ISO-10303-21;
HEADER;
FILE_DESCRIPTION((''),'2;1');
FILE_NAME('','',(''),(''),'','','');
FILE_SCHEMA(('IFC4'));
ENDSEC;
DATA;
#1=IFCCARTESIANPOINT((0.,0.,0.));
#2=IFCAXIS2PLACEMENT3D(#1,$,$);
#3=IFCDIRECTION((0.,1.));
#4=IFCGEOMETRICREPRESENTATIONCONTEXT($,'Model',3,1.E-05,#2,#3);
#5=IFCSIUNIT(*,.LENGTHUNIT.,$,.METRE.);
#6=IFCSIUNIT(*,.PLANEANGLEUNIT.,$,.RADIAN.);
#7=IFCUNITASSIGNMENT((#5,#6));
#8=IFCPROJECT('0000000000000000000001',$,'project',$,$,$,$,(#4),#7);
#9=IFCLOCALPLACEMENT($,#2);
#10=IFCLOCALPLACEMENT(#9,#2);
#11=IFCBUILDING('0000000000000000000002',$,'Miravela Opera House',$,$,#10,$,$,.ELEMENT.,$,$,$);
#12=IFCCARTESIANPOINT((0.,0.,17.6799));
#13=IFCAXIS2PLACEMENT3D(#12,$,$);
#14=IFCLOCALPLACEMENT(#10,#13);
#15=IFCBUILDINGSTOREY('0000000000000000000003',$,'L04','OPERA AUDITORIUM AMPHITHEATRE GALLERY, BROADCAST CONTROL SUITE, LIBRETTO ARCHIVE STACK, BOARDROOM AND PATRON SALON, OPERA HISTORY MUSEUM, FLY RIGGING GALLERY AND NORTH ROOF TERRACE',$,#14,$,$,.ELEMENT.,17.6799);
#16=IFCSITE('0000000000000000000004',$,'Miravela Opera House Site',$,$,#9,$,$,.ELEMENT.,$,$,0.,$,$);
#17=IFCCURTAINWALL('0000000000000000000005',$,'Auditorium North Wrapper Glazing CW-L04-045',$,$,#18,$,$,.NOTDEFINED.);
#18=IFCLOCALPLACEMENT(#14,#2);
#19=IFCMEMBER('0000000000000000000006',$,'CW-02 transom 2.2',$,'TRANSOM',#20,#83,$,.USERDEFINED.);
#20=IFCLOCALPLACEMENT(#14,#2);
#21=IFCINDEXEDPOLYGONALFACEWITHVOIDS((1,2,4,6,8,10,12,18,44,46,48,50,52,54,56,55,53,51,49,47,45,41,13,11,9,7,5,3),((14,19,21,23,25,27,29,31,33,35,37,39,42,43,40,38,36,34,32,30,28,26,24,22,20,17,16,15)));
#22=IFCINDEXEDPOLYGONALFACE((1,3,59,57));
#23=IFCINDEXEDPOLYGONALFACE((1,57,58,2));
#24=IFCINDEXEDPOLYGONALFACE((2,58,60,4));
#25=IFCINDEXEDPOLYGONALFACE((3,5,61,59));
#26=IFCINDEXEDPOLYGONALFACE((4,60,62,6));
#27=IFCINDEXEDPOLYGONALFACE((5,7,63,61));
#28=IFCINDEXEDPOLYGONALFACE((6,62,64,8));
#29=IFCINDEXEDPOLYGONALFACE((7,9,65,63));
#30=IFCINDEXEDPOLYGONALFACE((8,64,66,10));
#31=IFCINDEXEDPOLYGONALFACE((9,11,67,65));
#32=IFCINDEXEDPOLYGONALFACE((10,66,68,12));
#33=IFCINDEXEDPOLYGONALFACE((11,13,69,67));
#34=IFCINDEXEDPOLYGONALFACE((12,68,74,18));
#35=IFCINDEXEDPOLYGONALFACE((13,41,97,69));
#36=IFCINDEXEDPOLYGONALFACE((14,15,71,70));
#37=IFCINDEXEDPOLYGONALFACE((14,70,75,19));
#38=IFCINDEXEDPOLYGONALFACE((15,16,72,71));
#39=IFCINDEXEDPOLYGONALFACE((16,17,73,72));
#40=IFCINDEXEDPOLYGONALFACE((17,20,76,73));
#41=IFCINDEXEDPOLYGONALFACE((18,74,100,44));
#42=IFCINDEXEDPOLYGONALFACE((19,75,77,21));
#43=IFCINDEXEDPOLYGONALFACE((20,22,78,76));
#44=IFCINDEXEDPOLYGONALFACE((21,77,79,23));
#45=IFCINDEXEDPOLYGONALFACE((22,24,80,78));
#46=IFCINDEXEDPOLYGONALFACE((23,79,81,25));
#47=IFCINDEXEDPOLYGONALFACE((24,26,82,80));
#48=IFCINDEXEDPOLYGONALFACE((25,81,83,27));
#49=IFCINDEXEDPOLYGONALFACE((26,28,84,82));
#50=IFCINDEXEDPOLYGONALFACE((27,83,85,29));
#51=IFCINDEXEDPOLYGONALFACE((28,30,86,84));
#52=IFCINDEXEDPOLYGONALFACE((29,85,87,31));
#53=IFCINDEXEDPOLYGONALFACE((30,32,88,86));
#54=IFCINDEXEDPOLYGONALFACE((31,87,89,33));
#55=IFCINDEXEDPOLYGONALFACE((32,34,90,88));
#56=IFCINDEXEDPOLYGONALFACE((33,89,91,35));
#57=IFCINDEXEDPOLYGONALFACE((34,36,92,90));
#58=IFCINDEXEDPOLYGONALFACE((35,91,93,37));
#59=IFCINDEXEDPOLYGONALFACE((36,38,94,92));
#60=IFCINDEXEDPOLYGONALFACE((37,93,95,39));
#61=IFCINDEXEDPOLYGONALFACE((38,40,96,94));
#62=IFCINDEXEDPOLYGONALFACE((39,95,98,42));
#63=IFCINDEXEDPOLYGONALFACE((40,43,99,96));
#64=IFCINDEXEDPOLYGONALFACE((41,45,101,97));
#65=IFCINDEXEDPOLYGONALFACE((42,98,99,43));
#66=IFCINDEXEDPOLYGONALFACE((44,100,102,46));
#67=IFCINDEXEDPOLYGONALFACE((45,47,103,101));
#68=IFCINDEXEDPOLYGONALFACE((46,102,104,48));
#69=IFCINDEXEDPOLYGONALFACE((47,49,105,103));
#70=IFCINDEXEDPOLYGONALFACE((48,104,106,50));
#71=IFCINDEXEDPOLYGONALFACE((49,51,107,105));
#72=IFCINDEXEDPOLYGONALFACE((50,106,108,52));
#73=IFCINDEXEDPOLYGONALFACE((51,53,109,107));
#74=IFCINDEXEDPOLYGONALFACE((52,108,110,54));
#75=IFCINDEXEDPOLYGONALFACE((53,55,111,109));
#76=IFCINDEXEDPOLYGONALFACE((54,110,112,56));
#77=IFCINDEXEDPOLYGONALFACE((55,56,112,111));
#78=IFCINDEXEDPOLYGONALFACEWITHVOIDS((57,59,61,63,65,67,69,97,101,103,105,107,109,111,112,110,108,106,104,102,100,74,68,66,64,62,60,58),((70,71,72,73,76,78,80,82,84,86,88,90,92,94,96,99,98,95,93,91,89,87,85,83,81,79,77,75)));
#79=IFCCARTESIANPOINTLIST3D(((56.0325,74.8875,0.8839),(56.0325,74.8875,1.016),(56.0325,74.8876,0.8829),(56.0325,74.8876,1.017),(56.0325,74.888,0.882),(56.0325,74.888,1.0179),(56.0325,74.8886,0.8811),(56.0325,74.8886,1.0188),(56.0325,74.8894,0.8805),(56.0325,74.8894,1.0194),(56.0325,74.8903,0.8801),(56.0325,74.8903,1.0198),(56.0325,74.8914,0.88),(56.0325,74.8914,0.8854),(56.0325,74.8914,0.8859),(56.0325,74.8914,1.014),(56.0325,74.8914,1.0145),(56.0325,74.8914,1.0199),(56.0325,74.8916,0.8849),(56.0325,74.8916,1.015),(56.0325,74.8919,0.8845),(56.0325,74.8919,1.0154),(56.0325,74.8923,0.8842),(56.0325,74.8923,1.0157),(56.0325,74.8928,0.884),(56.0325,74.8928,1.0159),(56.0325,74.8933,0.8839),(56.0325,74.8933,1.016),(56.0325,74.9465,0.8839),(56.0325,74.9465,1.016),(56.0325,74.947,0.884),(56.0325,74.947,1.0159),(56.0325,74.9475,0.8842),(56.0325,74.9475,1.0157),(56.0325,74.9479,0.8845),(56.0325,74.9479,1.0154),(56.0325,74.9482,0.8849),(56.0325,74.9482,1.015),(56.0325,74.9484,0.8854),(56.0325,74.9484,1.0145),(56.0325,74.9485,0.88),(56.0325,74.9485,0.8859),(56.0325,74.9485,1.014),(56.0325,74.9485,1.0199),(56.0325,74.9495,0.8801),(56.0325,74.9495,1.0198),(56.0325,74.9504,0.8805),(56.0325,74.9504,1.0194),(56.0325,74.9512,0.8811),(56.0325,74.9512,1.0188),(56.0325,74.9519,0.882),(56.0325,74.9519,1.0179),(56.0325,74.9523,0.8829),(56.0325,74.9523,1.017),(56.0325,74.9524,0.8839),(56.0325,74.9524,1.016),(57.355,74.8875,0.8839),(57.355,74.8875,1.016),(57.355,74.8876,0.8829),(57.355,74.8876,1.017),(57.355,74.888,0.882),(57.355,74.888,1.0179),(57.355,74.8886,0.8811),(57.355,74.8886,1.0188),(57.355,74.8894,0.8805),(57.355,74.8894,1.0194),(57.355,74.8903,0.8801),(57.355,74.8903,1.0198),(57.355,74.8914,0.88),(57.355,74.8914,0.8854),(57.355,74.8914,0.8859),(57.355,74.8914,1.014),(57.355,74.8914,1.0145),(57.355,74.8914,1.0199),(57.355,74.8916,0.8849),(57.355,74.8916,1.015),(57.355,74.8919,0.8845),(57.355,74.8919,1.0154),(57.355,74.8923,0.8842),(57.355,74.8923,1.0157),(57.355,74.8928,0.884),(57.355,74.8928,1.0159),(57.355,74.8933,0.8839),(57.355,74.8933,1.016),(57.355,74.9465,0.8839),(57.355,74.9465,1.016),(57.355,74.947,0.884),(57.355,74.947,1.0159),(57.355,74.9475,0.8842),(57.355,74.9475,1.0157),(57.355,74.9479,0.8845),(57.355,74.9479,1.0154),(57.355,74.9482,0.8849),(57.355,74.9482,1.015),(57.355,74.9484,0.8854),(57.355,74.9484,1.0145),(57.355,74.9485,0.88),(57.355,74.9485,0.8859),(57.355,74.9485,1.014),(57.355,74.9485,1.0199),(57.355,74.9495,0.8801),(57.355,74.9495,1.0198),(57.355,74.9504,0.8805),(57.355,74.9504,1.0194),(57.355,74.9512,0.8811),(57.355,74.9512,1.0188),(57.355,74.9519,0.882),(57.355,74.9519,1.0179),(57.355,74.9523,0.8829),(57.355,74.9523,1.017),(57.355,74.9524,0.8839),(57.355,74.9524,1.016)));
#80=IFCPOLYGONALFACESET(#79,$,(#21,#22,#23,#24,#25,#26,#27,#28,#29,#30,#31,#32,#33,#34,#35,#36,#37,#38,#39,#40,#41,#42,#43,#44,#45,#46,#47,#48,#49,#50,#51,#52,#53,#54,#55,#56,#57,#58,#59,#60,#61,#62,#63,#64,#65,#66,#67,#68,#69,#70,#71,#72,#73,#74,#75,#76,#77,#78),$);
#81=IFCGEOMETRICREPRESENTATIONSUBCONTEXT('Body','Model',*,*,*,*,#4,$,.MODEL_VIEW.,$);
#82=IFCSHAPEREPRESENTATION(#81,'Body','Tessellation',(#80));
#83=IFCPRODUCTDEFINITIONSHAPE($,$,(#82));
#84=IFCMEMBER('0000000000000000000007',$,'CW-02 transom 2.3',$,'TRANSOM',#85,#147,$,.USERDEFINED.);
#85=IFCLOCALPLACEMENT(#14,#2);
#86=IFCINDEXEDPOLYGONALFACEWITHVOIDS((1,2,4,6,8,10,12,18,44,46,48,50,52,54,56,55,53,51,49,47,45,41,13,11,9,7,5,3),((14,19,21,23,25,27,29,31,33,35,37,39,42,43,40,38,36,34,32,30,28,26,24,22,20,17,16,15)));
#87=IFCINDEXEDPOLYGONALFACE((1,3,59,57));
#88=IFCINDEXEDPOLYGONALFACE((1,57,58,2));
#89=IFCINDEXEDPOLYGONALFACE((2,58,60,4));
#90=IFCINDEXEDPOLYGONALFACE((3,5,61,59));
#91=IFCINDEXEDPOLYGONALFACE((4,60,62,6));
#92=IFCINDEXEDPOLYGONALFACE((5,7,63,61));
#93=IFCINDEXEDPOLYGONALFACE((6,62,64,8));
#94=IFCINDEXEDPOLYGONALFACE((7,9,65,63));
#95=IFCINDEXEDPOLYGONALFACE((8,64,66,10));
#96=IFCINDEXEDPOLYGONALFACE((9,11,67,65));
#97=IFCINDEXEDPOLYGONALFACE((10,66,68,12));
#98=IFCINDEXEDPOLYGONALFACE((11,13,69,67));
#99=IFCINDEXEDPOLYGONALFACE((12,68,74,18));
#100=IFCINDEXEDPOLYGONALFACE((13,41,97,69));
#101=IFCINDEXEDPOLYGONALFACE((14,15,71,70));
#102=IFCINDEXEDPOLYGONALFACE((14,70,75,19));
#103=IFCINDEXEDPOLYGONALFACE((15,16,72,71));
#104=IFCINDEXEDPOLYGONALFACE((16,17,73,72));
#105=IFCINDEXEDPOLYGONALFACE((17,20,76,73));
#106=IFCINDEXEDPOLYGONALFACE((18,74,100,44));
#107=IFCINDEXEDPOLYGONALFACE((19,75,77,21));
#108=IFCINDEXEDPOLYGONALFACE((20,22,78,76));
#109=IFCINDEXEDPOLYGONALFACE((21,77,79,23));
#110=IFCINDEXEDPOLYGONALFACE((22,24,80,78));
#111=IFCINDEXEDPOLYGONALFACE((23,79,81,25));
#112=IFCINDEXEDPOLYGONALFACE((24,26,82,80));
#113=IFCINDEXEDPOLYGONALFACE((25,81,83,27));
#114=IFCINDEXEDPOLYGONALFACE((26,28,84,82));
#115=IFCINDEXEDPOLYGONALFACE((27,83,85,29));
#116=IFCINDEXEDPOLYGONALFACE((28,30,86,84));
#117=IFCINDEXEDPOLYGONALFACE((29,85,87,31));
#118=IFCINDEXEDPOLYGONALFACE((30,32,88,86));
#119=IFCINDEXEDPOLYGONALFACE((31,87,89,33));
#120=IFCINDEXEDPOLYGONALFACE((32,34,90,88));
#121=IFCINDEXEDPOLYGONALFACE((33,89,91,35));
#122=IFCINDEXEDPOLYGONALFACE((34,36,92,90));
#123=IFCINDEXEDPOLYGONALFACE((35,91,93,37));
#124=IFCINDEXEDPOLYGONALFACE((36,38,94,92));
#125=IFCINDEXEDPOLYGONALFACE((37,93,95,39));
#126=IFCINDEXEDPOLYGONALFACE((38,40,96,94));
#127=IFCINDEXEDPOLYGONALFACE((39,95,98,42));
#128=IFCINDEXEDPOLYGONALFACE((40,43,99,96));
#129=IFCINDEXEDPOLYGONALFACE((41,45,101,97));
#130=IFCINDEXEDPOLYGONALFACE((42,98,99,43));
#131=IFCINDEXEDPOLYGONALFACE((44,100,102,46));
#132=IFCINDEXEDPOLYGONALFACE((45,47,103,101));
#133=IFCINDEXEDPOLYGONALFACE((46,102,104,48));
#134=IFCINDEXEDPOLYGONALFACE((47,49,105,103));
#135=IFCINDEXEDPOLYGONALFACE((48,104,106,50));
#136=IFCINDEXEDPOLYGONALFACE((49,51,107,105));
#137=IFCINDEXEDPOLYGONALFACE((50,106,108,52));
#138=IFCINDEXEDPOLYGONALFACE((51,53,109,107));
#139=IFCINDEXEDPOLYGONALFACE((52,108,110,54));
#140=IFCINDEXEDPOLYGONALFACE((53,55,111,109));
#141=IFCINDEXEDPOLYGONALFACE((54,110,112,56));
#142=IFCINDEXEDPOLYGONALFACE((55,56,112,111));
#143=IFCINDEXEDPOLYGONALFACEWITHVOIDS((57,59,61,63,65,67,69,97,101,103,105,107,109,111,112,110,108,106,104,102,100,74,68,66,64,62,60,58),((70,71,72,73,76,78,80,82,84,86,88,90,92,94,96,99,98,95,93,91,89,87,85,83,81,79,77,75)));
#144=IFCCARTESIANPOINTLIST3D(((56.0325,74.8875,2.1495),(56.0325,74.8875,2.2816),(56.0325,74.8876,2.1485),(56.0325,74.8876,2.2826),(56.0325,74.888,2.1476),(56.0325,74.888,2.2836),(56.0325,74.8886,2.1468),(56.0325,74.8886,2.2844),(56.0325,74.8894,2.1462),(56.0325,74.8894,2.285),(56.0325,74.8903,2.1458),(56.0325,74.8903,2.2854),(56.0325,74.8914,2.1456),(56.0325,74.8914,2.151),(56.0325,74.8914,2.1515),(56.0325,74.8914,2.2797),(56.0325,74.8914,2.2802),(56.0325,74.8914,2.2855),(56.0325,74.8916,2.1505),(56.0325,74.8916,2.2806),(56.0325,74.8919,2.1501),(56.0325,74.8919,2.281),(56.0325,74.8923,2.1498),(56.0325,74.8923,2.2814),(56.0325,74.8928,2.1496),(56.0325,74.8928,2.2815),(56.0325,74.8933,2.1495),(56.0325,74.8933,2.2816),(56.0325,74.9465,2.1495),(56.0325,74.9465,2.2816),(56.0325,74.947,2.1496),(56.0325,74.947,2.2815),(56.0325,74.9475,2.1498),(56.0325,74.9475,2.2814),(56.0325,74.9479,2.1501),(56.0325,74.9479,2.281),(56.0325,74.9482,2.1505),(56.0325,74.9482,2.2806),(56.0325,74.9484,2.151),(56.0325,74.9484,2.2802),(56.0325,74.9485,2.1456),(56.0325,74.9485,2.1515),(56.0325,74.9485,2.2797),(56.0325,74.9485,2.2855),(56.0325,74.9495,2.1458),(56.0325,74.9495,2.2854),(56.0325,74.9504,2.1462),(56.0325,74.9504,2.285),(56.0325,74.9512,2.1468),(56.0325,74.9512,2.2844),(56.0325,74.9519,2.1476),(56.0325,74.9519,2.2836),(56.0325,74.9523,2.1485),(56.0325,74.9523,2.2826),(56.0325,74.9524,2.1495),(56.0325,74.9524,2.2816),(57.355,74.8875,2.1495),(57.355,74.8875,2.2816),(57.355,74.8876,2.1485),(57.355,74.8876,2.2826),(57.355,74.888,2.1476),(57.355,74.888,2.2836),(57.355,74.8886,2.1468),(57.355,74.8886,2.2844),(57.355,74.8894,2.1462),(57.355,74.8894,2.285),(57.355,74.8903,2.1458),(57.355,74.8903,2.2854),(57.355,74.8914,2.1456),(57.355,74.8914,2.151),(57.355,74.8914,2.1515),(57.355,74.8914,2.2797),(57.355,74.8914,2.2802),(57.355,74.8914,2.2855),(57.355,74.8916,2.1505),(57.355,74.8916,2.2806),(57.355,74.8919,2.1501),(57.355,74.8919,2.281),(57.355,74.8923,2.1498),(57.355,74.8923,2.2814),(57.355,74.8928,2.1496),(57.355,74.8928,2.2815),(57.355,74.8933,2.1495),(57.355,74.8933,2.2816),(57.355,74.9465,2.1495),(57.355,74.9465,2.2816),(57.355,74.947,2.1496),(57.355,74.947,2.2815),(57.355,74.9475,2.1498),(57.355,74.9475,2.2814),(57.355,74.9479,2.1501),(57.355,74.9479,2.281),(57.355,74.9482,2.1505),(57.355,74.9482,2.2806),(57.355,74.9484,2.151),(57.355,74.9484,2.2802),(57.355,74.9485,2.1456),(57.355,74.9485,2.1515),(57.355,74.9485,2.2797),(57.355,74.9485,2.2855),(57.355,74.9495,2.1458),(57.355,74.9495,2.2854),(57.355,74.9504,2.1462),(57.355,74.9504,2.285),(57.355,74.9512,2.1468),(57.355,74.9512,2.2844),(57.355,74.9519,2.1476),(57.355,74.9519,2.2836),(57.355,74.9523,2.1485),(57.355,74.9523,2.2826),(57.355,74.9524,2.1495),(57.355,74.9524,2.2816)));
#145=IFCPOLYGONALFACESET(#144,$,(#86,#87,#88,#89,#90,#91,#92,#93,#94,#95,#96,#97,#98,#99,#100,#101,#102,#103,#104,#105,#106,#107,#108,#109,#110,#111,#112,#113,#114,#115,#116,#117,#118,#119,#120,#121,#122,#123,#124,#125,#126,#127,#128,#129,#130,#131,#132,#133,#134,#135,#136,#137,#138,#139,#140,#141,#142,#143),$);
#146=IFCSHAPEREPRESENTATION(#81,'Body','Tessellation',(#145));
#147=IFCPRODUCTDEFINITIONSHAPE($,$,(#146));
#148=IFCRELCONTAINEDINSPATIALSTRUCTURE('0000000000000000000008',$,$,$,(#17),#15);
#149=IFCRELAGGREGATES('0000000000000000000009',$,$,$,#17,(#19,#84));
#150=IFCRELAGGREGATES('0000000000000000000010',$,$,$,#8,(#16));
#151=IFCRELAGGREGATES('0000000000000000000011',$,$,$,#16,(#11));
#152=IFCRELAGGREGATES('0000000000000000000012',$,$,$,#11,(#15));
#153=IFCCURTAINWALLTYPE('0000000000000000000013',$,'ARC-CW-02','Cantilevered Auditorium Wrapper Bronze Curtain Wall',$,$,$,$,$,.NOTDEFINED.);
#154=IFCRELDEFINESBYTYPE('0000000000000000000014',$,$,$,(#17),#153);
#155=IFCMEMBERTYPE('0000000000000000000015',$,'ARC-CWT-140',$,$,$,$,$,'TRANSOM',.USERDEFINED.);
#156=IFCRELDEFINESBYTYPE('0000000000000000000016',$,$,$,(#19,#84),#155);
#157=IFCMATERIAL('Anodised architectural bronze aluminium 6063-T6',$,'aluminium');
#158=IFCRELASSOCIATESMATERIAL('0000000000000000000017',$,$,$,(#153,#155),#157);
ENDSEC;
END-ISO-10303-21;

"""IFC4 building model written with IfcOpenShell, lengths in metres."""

from ifc_helpers import new_model, si_unit, direction, frame, origin, origin_2d, place, context, subcontext, project, spatial, hollow_rectangle, extrude, material, material_profile, profile_set, type_object, element, aggregate, save


model = new_model("IFC4")

# Units and contexts
model_context = context("Model", 3, precision=1e-05, world=origin(), true_north=direction((0.0, 1.0)))
body_context = subcontext(model_context, "Body", "Model", "MODEL_VIEW")
ifc_project = project(units=[si_unit("LENGTHUNIT", "METRE"), si_unit("PLANEANGLEUNIT", "RADIAN")], contexts=[model_context])

# Site, building, storey
site_placement = place(None, origin())
site = spatial("IfcSite", under=ifc_project, at=site_placement, Name="Miravela Opera House Site", CompositionType="ELEMENT", RefElevation=0.0)
building_placement = place(site_placement, origin())
building = spatial("IfcBuilding", under=site, at=building_placement, Name="Miravela Opera House", CompositionType="ELEMENT")
storey_placement = place(building_placement, frame((0.0, 0.0, 17.6799)))
storey = spatial("IfcBuildingStorey", under=building, at=storey_placement, Name="L04", Description="OPERA AUDITORIUM AMPHITHEATRE GALLERY, BROADCAST CONTROL SUITE, LIBRETTO ARCHIVE STACK, BOARDROOM AND PATRON SALON, OPERA HISTORY MUSEUM, FLY RIGGING GALLERY AND NORTH ROOF TERRACE", CompositionType="ELEMENT", Elevation=17.6799)

# Curtain wall, members
ifc_material_1 = material(Name="Anodised architectural bronze aluminium 6063-T6", Category="aluminium")
curtain_wall_type = type_object("IfcCurtainWallType", Name="ARC-CW-02", Description="Cantilevered Auditorium Wrapper Bronze Curtain Wall", PredefinedType="NOTDEFINED", material=ifc_material_1)
curtain_wall_placement = place(storey_placement, origin())
curtain_wall = element("IfcCurtainWall", 1, at=curtain_wall_placement, inside=storey, type_object=curtain_wall_type, Name="Auditorium North Wrapper Glazing CW-L04-045", PredefinedType="NOTDEFINED")
ifc_material_profile_1 = material_profile(ifc_material_1, hollow_rectangle(XDim=0.0649, YDim=0.1399, WallThickness=0.0039, InnerFilletRadius=0.002, OuterFilletRadius=0.0039, at=origin_2d()), Name="CWT-65X140")
ifc_profile_set_1 = profile_set([ifc_material_profile_1])
member_type_1 = type_object("IfcMemberType", Name="ARC-CWT-140", ElementType="TRANSOM", PredefinedType="USERDEFINED", material=ifc_profile_set_1)
member_1_placement = place(storey_placement, frame((56.0325, 74.9199, 0.95), z_axis=(1.0, 0.0, 0.0), x_axis=(0.0, 1.0, 0.0)))
member_1 = element("IfcMember", 2, at=member_1_placement, type_object=member_type_1, Name="CW-02 transom 2.2", ObjectType="TRANSOM", PredefinedType="USERDEFINED", context=body_context, shape_type="SweptSolid", body=[
    extrude(hollow_rectangle(XDim=0.0649, YDim=0.1399, WallThickness=0.0039, InnerFilletRadius=0.002, OuterFilletRadius=0.0039, at=origin_2d()), origin(), (0.0, 0.0, 1.0), 1.3225),
])
member_2_placement = place(storey_placement, frame((56.0325, 74.9199, 2.2156), z_axis=(1.0, 0.0, 0.0), x_axis=(0.0, 1.0, 0.0)))
member_2 = element("IfcMember", 3, at=member_2_placement, type_object=member_type_1, Name="CW-02 transom 2.3", ObjectType="TRANSOM", PredefinedType="USERDEFINED", context=body_context, shape_type="SweptSolid", body=[
    extrude(hollow_rectangle(XDim=0.0649, YDim=0.1399, WallThickness=0.0039, InnerFilletRadius=0.002, OuterFilletRadius=0.0039, at=origin_2d()), origin(), (0.0, 0.0, 1.0), 1.3225),
])

aggregate(curtain_wall, [member_1, member_2])

save(model, "model.ifc")
